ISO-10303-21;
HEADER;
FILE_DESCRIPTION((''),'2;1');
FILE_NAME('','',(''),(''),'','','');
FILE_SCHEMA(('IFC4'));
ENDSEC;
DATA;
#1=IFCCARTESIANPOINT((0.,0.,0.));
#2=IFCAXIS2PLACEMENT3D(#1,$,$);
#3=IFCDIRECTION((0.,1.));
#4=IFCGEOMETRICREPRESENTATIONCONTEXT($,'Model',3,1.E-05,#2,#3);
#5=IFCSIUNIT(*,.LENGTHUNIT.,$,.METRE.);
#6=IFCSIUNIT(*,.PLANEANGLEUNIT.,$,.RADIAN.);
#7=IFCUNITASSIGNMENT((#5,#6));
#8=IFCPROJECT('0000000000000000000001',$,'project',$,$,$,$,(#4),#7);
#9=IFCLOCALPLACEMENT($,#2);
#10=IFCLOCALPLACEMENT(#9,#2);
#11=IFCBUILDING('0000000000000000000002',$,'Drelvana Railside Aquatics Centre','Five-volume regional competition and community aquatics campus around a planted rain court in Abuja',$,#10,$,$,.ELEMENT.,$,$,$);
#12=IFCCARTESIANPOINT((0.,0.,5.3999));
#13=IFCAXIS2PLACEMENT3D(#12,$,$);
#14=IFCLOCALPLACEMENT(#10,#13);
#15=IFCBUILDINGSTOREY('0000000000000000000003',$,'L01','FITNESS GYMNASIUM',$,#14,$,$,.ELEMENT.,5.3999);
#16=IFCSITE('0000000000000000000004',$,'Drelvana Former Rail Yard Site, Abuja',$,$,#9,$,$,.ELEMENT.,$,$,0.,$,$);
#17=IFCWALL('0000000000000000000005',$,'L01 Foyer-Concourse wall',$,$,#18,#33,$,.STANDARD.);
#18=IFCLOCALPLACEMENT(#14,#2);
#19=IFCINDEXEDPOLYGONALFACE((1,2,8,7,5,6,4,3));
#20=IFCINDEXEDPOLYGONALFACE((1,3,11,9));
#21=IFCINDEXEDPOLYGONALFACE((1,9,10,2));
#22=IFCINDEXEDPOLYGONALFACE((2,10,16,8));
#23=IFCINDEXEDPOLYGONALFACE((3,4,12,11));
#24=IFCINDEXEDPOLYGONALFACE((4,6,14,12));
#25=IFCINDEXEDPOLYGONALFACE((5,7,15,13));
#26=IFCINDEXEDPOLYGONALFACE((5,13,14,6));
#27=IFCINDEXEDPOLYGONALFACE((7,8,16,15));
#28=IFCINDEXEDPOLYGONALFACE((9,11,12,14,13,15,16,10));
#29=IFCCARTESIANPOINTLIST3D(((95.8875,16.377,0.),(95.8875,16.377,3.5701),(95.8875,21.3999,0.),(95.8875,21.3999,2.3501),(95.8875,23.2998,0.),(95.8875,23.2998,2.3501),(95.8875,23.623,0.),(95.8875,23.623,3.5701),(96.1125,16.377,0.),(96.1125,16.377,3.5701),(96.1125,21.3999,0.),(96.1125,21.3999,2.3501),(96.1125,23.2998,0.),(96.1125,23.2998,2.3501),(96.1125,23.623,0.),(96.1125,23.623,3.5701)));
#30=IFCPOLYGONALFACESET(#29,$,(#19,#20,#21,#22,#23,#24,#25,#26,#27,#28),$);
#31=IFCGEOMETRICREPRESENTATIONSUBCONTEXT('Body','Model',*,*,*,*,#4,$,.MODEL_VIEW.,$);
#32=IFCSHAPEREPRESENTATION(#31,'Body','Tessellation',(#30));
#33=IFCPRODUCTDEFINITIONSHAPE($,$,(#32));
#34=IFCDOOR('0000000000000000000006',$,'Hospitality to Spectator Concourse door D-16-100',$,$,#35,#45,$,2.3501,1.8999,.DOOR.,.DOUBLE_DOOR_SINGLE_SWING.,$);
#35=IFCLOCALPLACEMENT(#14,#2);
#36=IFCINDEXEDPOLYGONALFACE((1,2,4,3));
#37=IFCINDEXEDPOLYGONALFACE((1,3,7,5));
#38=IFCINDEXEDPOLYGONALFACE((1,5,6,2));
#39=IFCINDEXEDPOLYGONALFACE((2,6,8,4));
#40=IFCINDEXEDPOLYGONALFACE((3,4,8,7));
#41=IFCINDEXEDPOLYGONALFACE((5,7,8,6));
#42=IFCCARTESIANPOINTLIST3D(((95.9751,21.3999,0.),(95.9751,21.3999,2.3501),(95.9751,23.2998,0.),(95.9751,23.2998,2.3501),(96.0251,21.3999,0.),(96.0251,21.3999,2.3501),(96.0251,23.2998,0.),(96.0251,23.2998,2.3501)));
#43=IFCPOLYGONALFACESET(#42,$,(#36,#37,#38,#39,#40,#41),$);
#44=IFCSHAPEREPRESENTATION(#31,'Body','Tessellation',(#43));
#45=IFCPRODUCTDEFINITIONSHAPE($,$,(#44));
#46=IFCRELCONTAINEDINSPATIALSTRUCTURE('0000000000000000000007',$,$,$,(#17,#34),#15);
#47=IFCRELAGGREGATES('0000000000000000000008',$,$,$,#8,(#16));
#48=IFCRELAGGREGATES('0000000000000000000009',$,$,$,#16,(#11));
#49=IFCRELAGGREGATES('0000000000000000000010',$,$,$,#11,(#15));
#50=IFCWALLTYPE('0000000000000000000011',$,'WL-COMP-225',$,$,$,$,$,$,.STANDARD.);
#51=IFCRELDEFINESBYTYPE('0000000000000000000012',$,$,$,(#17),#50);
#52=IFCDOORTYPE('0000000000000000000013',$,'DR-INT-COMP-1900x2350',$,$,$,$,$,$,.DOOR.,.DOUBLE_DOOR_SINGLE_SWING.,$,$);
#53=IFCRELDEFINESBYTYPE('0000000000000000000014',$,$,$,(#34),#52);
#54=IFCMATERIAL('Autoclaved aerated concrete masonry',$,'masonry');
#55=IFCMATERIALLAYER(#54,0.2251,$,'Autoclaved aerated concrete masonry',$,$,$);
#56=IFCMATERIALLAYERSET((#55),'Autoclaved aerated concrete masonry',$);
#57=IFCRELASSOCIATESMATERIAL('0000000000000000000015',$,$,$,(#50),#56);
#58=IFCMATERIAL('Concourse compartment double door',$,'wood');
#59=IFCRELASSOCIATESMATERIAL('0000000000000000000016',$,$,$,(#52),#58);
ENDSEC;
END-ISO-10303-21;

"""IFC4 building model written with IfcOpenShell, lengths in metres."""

from ifc_helpers import new_model, si_unit, direction, frame, frame_2d, origin, place, context, subcontext, project, spatial, rectangle, extrude, material, layer, layer_set, type_object, element, fill, save


model = new_model("IFC4")

# Units and contexts
model_context = context("Model", 3, precision=1e-05, world=origin(), true_north=direction((0.0, 1.0)))
body_context = subcontext(model_context, "Body", "Model", "MODEL_VIEW")
ifc_project = project(units=[si_unit("LENGTHUNIT", "METRE"), si_unit("PLANEANGLEUNIT", "RADIAN")], contexts=[model_context])

# Site, building, storey
site_placement = place(None, origin())
site = spatial("IfcSite", under=ifc_project, at=site_placement, Name="Drelvana Former Rail Yard Site, Abuja", CompositionType="ELEMENT", RefElevation=0.0)
building_placement = place(site_placement, origin())
building = spatial("IfcBuilding", under=site, at=building_placement, Name="Drelvana Railside Aquatics Centre", Description="Five-volume regional competition and community aquatics campus around a planted rain court in Abuja", CompositionType="ELEMENT")
storey_placement = place(building_placement, frame((0.0, 0.0, 5.3999)))
storey = spatial("IfcBuildingStorey", under=building, at=storey_placement, Name="L01", Description="FITNESS GYMNASIUM", CompositionType="ELEMENT", Elevation=5.3999)

# Wall, opening, door
ifc_material_1 = material(Name="Autoclaved aerated concrete masonry", Category="masonry")
ifc_layer_1 = layer(ifc_material_1, 0.2251, Name="Autoclaved aerated concrete masonry")
ifc_layer_set_1 = layer_set([ifc_layer_1], Name="Autoclaved aerated concrete masonry")
wall_type = type_object("IfcWallType", Name="WL-COMP-225", PredefinedType="STANDARD", material=ifc_layer_set_1)
wall_placement = place(storey_placement, frame((96.0, 16.377, 0.0), z_axis=(0.0, 0.0, 1.0), x_axis=(0.0, 1.0, 0.0)))
wall = element("IfcWall", 1, at=wall_placement, inside=storey, type_object=wall_type, Name="L01 Foyer-Concourse wall", PredefinedType="STANDARD", context=body_context, shape_type="SweptSolid", body=[
    extrude(rectangle(XDim=7.2461, YDim=0.2251, at=frame_2d((3.623, 0.0))), origin(), (0.0, 0.0, 1.0), 3.5701),
])
opening_placement = place(wall_placement, frame((5.0229, 0.0, 0.0)))
opening = element("IfcOpeningElement", 2, at=opening_placement, cuts=wall, PredefinedType="OPENING", context=body_context, shape_type="SweptSolid", body=[
    extrude(rectangle(XDim=1.8999, YDim=2.3501, at=frame_2d((0.95, 1.175))), frame((0.0, 0.1226, 0.0), z_axis=(0.0, -1.0, 0.0), x_axis=(1.0, 0.0, 0.0)), (0.0, 0.0, 1.0), 0.2451),
])
ifc_material_2 = material(Name="Concourse compartment double door", Category="wood")
door_type = type_object("IfcDoorType", Name="DR-INT-COMP-1900x2350", OperationType="DOUBLE_DOOR_SINGLE_SWING", PredefinedType="DOOR", material=ifc_material_2)
door_placement = place(opening_placement, origin())
door = element("IfcDoor", 3, at=door_placement, inside=storey, type_object=door_type, Name="Hospitality to Spectator Concourse door D-16-100", OperationType="DOUBLE_DOOR_SINGLE_SWING", OverallHeight=2.3501, OverallWidth=1.8999, PredefinedType="DOOR", context=body_context, shape_type="SweptSolid", body=[
    extrude(rectangle(XDim=1.8999, YDim=2.3501, at=frame_2d((0.95, 1.175))), frame((0.0, 0.0249, 0.0), z_axis=(0.0, -1.0, 0.0), x_axis=(1.0, 0.0, 0.0)), (0.0, 0.0, 1.0), 0.05),
])
fill(opening, door)

save(model, "model.ifc")
